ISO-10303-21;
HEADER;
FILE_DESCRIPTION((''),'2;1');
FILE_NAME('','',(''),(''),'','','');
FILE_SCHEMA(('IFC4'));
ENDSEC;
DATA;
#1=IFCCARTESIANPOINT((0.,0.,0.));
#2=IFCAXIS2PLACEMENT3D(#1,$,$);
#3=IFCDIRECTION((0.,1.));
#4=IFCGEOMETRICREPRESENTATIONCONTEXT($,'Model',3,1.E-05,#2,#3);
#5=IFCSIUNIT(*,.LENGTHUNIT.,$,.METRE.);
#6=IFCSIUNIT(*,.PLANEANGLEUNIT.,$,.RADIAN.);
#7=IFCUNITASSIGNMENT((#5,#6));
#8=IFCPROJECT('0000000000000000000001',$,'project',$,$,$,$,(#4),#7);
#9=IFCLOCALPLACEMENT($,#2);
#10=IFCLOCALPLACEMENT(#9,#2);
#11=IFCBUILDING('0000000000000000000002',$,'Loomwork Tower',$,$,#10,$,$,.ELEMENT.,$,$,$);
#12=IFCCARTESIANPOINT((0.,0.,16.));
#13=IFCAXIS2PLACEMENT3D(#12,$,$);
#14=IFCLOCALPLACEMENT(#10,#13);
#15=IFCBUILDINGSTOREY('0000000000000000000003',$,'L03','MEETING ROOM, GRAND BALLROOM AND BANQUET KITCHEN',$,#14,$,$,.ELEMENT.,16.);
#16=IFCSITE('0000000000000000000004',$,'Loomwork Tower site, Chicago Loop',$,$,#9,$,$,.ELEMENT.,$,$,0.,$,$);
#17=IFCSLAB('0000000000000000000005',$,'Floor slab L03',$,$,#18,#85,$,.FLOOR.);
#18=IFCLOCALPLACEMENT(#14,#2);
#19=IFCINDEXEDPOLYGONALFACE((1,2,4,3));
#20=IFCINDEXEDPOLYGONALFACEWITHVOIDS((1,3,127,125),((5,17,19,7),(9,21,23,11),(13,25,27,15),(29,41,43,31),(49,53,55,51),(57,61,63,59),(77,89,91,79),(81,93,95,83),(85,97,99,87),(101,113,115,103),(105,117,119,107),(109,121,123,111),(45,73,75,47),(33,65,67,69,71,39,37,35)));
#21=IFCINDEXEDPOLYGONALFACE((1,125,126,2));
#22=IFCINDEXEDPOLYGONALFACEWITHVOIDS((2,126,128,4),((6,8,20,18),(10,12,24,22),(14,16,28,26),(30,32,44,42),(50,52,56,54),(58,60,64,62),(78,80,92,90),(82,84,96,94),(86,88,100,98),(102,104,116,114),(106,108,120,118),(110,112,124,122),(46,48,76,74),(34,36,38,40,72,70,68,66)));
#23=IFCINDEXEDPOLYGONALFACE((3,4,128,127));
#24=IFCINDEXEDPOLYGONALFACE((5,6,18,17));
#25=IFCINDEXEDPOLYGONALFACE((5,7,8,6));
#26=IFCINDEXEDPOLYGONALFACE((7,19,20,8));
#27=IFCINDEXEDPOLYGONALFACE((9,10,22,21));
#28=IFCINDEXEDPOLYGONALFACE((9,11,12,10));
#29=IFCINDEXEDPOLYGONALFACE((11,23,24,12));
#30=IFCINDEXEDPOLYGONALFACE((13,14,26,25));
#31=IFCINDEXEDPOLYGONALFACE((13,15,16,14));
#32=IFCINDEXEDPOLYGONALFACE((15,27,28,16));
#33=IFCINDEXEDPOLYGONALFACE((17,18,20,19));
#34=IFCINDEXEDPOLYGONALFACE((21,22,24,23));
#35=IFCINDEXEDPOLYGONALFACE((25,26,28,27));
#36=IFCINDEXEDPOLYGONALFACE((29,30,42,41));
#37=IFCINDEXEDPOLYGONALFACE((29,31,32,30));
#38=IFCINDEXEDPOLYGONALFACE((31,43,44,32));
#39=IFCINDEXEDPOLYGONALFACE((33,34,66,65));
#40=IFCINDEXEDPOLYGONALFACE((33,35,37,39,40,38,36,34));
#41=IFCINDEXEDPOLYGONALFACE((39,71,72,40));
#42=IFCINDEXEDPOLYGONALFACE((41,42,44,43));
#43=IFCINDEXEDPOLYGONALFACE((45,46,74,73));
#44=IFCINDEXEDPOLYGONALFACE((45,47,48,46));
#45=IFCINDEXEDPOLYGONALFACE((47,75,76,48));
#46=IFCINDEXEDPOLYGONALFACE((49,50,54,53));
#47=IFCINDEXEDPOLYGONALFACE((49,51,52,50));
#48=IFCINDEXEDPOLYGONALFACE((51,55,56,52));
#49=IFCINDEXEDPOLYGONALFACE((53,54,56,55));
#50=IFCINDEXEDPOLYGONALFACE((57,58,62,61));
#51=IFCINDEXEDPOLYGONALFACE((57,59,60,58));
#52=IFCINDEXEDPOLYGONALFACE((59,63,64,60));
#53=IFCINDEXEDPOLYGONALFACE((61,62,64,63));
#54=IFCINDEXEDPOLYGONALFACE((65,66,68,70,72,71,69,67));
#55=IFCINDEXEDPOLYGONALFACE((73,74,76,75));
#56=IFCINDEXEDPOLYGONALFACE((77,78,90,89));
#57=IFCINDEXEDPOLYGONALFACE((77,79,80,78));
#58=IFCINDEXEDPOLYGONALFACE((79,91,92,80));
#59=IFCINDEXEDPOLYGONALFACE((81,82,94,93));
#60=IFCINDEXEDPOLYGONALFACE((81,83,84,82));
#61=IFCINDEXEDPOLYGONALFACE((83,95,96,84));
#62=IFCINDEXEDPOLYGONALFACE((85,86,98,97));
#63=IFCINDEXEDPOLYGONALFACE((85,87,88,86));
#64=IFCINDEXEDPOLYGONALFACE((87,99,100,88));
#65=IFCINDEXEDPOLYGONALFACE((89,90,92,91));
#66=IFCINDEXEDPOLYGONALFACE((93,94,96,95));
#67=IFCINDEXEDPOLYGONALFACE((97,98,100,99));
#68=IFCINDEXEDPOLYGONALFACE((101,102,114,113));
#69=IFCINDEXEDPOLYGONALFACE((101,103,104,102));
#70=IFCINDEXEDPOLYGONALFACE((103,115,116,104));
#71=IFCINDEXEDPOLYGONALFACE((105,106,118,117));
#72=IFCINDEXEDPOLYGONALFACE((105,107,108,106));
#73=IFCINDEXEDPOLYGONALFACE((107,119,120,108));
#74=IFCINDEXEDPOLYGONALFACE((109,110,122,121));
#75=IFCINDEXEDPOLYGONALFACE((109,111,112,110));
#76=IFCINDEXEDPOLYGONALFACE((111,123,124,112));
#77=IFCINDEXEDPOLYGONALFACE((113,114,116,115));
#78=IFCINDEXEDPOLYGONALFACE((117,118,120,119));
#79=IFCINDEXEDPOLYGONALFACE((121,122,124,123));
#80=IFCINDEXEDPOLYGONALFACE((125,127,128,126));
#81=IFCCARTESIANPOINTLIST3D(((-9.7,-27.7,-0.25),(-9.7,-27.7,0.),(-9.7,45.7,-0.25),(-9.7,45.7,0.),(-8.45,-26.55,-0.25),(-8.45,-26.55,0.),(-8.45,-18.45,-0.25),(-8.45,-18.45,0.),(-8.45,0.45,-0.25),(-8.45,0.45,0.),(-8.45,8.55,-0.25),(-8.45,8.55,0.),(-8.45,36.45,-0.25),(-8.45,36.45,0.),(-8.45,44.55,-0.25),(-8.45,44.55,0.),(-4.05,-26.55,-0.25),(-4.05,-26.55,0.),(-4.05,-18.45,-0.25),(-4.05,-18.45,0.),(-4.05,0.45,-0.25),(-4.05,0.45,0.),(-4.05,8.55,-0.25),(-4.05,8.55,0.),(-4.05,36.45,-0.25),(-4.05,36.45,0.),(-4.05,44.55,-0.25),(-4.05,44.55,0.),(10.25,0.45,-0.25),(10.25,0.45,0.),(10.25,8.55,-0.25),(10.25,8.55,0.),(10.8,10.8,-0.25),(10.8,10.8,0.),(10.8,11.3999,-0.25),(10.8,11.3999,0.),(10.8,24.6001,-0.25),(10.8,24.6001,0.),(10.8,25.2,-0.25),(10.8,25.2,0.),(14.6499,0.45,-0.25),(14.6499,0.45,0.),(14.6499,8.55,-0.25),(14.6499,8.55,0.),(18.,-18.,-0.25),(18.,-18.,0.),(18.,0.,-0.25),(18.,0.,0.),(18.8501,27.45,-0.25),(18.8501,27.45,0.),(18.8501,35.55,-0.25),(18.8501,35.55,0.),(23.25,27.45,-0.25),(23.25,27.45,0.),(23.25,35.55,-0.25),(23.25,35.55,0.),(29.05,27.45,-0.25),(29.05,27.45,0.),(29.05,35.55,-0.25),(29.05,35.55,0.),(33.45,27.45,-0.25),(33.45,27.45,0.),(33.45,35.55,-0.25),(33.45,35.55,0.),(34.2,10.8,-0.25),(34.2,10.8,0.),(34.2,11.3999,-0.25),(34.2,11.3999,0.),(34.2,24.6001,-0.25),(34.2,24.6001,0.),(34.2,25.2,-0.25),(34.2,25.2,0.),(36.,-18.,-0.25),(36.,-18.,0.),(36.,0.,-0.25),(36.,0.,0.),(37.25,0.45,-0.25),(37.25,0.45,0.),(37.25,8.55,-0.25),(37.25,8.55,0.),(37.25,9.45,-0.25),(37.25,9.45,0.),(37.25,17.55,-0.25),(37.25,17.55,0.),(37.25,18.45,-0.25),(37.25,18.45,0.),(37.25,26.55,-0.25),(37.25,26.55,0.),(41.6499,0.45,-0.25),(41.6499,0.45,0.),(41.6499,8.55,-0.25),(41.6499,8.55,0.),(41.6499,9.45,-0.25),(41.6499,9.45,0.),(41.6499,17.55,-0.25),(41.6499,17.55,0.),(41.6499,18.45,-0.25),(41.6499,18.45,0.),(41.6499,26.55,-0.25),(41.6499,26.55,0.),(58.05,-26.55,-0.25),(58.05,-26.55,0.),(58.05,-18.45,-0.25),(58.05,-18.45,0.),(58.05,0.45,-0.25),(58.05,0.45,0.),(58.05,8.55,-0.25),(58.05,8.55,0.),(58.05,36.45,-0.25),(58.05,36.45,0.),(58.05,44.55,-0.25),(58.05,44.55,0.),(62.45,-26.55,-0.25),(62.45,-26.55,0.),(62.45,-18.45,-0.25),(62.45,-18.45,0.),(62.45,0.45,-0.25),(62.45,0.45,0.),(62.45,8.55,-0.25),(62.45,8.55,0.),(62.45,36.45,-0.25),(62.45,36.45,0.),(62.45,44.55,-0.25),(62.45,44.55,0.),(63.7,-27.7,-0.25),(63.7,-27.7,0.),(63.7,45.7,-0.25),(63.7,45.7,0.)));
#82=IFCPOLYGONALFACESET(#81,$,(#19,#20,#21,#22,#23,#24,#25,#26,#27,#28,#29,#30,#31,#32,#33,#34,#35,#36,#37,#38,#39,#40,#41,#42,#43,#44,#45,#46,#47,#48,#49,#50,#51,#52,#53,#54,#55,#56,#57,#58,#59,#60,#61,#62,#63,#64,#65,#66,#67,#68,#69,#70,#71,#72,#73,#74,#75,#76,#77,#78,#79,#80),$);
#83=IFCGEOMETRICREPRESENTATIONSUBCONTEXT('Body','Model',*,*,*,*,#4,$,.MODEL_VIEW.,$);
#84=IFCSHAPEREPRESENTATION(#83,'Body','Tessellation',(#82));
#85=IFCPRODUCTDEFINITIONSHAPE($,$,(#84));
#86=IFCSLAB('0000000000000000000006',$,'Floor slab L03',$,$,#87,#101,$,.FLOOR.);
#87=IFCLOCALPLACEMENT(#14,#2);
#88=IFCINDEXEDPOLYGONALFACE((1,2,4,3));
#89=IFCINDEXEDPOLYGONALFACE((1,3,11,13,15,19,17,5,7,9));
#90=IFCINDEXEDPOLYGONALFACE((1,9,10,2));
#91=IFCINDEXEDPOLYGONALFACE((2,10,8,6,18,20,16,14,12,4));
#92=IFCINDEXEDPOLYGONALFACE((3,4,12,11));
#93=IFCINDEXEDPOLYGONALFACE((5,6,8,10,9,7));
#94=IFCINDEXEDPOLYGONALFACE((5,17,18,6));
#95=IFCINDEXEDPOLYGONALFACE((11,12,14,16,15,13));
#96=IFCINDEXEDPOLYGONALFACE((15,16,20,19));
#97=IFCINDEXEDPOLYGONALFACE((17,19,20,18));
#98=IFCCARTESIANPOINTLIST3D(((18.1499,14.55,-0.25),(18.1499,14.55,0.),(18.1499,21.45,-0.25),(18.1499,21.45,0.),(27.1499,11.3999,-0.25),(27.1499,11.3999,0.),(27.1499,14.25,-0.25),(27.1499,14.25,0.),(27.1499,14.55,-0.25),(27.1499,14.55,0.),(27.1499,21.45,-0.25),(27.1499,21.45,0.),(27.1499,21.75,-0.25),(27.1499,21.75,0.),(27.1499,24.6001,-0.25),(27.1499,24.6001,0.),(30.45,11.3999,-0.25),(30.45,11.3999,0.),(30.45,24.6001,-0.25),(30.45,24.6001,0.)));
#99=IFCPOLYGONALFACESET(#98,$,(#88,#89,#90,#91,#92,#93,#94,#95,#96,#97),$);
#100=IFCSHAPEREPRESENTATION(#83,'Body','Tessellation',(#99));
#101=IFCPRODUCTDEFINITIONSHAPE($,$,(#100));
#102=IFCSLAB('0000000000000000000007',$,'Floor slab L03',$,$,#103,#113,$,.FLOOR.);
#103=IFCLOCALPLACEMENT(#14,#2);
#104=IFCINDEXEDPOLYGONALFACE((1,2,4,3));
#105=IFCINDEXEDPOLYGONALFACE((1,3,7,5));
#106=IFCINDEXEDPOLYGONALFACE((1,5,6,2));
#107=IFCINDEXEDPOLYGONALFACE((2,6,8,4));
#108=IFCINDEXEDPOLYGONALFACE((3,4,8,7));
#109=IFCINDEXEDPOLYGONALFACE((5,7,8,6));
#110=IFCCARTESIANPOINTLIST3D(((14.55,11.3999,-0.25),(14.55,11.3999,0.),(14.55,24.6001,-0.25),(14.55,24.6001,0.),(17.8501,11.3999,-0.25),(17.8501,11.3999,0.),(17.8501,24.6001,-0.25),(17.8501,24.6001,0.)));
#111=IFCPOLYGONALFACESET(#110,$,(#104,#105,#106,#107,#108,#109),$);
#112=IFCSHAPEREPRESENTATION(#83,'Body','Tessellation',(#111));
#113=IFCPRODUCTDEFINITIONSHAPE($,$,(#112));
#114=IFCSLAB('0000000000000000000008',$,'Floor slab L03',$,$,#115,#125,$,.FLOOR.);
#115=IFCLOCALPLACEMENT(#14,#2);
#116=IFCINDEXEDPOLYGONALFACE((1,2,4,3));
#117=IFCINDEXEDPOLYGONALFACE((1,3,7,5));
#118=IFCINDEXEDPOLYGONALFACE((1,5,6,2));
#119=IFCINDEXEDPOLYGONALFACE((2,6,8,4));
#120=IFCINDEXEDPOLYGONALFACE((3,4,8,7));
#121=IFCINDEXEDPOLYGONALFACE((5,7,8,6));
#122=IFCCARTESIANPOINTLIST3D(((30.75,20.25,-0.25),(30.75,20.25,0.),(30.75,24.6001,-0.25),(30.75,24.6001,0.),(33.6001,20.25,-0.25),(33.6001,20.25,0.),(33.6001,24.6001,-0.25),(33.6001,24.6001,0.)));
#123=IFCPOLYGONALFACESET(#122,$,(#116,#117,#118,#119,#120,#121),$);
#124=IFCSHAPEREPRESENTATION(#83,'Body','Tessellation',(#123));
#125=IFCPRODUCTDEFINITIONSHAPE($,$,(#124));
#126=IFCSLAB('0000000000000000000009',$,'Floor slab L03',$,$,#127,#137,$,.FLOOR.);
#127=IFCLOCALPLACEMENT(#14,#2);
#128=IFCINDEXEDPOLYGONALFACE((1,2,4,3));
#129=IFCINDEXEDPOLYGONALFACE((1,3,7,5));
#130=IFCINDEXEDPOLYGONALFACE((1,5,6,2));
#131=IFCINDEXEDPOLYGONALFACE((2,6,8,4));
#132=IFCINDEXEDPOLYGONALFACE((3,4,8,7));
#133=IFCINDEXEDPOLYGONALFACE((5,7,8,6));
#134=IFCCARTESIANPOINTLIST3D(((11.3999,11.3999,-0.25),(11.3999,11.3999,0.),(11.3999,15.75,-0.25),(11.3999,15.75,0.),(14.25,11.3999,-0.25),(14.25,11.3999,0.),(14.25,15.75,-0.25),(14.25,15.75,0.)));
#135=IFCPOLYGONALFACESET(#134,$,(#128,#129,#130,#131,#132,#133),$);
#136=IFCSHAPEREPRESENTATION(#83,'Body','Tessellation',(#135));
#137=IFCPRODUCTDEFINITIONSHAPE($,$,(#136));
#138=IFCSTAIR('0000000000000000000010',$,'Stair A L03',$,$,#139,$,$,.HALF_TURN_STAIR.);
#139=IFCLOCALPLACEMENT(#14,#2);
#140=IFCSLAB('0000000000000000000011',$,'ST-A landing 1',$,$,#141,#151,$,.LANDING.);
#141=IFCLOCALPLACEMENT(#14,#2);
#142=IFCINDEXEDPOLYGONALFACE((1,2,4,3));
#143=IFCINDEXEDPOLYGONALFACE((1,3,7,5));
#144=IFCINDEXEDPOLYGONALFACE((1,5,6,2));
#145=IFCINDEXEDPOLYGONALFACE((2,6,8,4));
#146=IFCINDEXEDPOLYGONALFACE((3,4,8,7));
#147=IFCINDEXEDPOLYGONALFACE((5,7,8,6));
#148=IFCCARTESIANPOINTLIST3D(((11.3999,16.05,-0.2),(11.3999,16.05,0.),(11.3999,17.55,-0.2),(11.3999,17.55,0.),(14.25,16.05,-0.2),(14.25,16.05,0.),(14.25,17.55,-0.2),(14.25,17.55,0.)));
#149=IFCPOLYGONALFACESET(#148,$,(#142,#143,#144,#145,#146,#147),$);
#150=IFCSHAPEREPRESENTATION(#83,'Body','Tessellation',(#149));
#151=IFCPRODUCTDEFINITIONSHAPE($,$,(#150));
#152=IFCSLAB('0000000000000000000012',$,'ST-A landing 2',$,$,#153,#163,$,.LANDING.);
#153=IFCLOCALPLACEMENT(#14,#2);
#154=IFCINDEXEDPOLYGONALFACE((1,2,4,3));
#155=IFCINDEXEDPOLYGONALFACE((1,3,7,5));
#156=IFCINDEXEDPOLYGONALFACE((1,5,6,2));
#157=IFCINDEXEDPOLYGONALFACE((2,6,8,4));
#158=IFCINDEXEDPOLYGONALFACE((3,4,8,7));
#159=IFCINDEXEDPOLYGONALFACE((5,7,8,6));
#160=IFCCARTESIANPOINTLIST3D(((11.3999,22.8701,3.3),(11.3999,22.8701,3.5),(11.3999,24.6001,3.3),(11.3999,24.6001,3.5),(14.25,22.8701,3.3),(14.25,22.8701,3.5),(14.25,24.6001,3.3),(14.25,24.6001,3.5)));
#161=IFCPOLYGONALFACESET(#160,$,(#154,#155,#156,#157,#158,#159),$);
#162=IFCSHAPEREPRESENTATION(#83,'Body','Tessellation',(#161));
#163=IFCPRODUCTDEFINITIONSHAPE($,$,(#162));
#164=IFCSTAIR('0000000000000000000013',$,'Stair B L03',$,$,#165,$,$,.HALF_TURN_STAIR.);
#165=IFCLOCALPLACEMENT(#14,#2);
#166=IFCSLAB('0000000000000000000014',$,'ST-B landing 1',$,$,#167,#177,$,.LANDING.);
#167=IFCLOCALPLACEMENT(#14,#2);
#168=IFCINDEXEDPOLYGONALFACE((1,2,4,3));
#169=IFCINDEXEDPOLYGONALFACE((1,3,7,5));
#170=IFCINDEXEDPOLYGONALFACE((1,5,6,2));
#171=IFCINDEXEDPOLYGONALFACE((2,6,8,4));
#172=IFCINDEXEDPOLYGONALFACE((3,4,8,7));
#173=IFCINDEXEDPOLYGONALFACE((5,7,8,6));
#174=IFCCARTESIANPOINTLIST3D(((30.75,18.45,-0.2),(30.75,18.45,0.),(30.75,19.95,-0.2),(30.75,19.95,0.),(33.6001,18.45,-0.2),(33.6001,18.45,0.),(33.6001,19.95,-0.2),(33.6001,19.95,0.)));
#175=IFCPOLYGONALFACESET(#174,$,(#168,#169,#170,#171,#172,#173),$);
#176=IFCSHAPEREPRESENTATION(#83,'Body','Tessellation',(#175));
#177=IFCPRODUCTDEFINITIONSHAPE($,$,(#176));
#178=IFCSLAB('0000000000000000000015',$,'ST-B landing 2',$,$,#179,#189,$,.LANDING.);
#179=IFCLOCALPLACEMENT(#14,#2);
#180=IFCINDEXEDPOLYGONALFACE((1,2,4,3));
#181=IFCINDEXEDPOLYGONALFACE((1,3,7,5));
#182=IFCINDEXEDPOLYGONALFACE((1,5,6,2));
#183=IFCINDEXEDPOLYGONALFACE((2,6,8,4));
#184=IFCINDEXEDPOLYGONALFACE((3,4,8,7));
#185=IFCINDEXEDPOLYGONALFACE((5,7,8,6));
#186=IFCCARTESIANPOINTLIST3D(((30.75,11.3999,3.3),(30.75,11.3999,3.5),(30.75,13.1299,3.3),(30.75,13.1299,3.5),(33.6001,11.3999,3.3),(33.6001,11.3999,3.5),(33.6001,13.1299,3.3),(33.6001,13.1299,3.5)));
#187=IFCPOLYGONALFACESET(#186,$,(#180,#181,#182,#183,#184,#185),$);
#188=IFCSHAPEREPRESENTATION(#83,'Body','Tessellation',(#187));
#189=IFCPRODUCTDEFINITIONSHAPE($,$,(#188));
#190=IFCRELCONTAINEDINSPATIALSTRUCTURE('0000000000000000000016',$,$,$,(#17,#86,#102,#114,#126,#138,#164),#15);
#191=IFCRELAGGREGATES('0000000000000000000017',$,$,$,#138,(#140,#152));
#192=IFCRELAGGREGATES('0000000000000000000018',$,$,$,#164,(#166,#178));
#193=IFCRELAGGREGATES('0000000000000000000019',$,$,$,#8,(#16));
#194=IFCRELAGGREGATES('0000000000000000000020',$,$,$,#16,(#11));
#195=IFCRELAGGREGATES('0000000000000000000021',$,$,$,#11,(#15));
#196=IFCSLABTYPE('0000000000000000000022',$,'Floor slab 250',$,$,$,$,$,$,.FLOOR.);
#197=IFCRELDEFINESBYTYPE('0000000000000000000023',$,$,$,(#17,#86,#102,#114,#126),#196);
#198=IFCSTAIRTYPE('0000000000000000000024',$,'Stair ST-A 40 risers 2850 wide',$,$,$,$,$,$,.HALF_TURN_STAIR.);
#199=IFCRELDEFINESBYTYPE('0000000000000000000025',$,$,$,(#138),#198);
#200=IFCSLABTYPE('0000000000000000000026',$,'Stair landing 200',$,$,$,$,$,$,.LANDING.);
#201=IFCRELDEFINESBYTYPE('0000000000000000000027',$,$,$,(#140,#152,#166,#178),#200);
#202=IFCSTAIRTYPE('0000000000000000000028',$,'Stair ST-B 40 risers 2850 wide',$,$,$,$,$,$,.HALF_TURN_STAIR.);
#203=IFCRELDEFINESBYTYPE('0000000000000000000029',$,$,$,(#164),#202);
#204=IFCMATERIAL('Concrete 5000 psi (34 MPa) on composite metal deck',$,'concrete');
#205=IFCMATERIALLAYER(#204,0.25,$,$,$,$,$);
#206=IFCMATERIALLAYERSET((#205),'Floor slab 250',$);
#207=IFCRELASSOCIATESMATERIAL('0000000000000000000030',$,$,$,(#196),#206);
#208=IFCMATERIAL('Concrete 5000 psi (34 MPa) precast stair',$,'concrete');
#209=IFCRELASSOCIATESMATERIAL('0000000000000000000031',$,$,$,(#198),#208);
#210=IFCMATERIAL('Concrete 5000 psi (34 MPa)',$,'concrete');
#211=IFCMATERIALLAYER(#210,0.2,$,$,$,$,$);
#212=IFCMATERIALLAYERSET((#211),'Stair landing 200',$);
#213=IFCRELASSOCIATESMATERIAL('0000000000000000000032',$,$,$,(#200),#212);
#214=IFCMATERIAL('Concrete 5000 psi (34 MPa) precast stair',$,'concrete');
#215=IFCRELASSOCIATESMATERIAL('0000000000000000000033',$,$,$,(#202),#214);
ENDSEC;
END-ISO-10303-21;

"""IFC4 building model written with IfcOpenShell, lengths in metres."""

from ifc_helpers import new_model, si_unit, direction, frame, origin, place, context, subcontext, project, spatial, polyline, outline, extrude, material, layer, layer_set, type_object, element, aggregate, save


model = new_model("IFC4")

# Units and contexts
model_context = context("Model", 3, precision=1e-05, world=origin(), true_north=direction((0.0, 1.0)))
body_context = subcontext(model_context, "Body", "Model", "MODEL_VIEW")
ifc_project = project(units=[si_unit("LENGTHUNIT", "METRE"), si_unit("PLANEANGLEUNIT", "RADIAN")], contexts=[model_context])

# Site, building, storey
site_placement = place(None, origin())
site = spatial("IfcSite", under=ifc_project, at=site_placement, Name="Loomwork Tower site, Chicago Loop", CompositionType="ELEMENT", RefElevation=0.0)
building_placement = place(site_placement, origin())
building = spatial("IfcBuilding", under=site, at=building_placement, Name="Loomwork Tower", CompositionType="ELEMENT")
storey_placement = place(building_placement, frame((0.0, 0.0, 16.0)))
storey = spatial("IfcBuildingStorey", under=building, at=storey_placement, Name="L03", Description="MEETING ROOM, GRAND BALLROOM AND BANQUET KITCHEN", CompositionType="ELEMENT", Elevation=16.0)

# Slabs
ifc_material_1 = material(Name="Concrete 5000 psi (34 MPa) on composite metal deck", Category="concrete")
ifc_layer_1 = layer(ifc_material_1, 0.25)
ifc_layer_set_1 = layer_set([ifc_layer_1], Name="Floor slab 250")
slab_type_1 = type_object("IfcSlabType", Name="Floor slab 250", PredefinedType="FLOOR", material=ifc_layer_set_1)
slab_1_placement = place(storey_placement, frame((0.0, 0.0, -0.25)))
element("IfcSlab", 1, at=slab_1_placement, inside=storey, type_object=slab_type_1, Name="Floor slab L03", PredefinedType="FLOOR", context=body_context, shape_type="SweptSolid", body=[
    extrude(outline(polyline([(-9.7, -27.7), (-9.7, 45.7), (63.7, 45.7), (63.7, -27.7), (-9.7, -27.7)]), holes=[polyline([(58.05, 36.45), (62.45, 36.45), (62.45, 44.55), (58.05, 44.55), (58.05, 36.45)]), polyline([(58.05, 0.45), (62.45, 0.45), (62.45, 8.55), (58.05, 8.55), (58.05, 0.45)]), polyline([(58.05, -26.55), (62.45, -26.55), (62.45, -18.45), (58.05, -18.45), (58.05, -26.55)]), polyline([(41.6499, 9.45), (41.6499, 17.55), (37.25, 17.55), (37.25, 9.45), (41.6499, 9.45)]), polyline([(37.25, 18.45), (41.6499, 18.45), (41.6499, 26.55), (37.25, 26.55), (37.25, 18.45)]), polyline([(37.25, 0.45), (41.6499, 0.45), (41.6499, 8.55), (37.25, 8.55), (37.25, 0.45)]), polyline([(18.0, -18.0), (36.0, -18.0), (36.0, 0.0), (18.0, 0.0), (18.0, -18.0)]), polyline([(34.2, 11.3999), (34.2, 24.6001), (34.2, 25.2), (10.8, 25.2), (10.8, 24.6001), (10.8, 11.3999), (10.8, 11.3999), (10.8, 10.8), (34.2, 10.8), (34.2, 11.3999), (34.2, 11.3999)]), polyline([(29.05, 27.45), (33.45, 27.45), (33.45, 35.55), (29.05, 35.55), (29.05, 27.45)]), polyline([(18.8501, 27.45), (23.25, 27.45), (23.25, 35.55), (18.8501, 35.55), (18.8501, 27.45)]), polyline([(10.25, 0.45), (14.6499, 0.45), (14.6499, 8.55), (10.25, 8.55), (10.25, 0.45)]), polyline([(-4.05, -26.55), (-4.05, -18.45), (-8.45, -18.45), (-8.45, -26.55), (-4.05, -26.55)]), polyline([(-8.45, 36.45), (-4.05, 36.45), (-4.05, 44.55), (-8.45, 44.55), (-8.45, 36.45)]), polyline([(-8.45, 0.45), (-4.05, 0.45), (-4.05, 8.55), (-8.45, 8.55), (-8.45, 0.45)])]), origin(), (0.0, 0.0, 1.0), 0.25),
])
slab_2_placement = place(storey_placement, frame((0.0, 0.0, -0.25)))
element("IfcSlab", 2, at=slab_2_placement, inside=storey, type_object=slab_type_1, Name="Floor slab L03", PredefinedType="FLOOR", context=body_context, shape_type="SweptSolid", body=[
    extrude(outline(polyline([(18.1499, 21.45), (27.1499, 21.45), (27.1499, 21.75), (27.1499, 24.6001), (30.45, 24.6001), (30.45, 11.3999), (27.1499, 11.3999), (27.1499, 14.25), (27.1499, 14.55), (18.1499, 14.55), (18.1499, 21.45)])), origin(), (0.0, 0.0, 1.0), 0.25),
])
slab_3_placement = place(storey_placement, frame((0.0, 0.0, -0.25)))
element("IfcSlab", 3, at=slab_3_placement, inside=storey, type_object=slab_type_1, Name="Floor slab L03", PredefinedType="FLOOR", context=body_context, shape_type="SweptSolid", body=[
    extrude(outline(polyline([(14.55, 24.6001), (17.8501, 24.6001), (17.8501, 11.3999), (14.55, 11.3999), (14.55, 24.6001)])), origin(), (0.0, 0.0, 1.0), 0.25),
])
slab_4_placement = place(storey_placement, frame((0.0, 0.0, -0.25)))
element("IfcSlab", 4, at=slab_4_placement, inside=storey, type_object=slab_type_1, Name="Floor slab L03", PredefinedType="FLOOR", context=body_context, shape_type="SweptSolid", body=[
    extrude(outline(polyline([(33.6001, 20.25), (30.75, 20.25), (30.75, 24.6001), (33.6001, 24.6001), (33.6001, 20.25)])), origin(), (0.0, 0.0, 1.0), 0.25),
])
slab_5_placement = place(storey_placement, frame((0.0, 0.0, -0.25)))
element("IfcSlab", 5, at=slab_5_placement, inside=storey, type_object=slab_type_1, Name="Floor slab L03", PredefinedType="FLOOR", context=body_context, shape_type="SweptSolid", body=[
    extrude(outline(polyline([(14.25, 15.75), (14.25, 11.3999), (11.3999, 11.3999), (11.3999, 15.75), (14.25, 15.75)])), origin(), (0.0, 0.0, 1.0), 0.25),
])

# Stairs, slabs
ifc_material_2 = material(Name="Concrete 5000 psi (34 MPa) precast stair", Category="concrete")
stair_type_1 = type_object("IfcStairType", Name="Stair ST-A 40 risers 2850 wide", PredefinedType="HALF_TURN_STAIR", material=ifc_material_2)
stair_1_placement = place(storey_placement, origin())
stair_1 = element("IfcStair", 6, at=stair_1_placement, inside=storey, type_object=stair_type_1, Name="Stair A L03", PredefinedType="HALF_TURN_STAIR")
ifc_material_3 = material(Name="Concrete 5000 psi (34 MPa)", Category="concrete")
ifc_layer_2 = layer(ifc_material_3, 0.2)
ifc_layer_set_2 = layer_set([ifc_layer_2], Name="Stair landing 200")
slab_type_2 = type_object("IfcSlabType", Name="Stair landing 200", PredefinedType="LANDING", material=ifc_layer_set_2)
slab_6_placement = place(storey_placement, frame((0.0, 0.0, -0.2)))
slab_6 = element("IfcSlab", 7, at=slab_6_placement, type_object=slab_type_2, Name="ST-A landing 1", PredefinedType="LANDING", context=body_context, shape_type="SweptSolid", body=[
    extrude(outline(polyline([(11.3999, 16.05), (14.25, 16.05), (14.25, 17.55), (11.3999, 17.55), (11.3999, 16.05)])), origin(), (0.0, 0.0, 1.0), 0.2),
])
slab_7_placement = place(storey_placement, frame((0.0, 0.0, 3.3)))
slab_7 = element("IfcSlab", 8, at=slab_7_placement, type_object=slab_type_2, Name="ST-A landing 2", PredefinedType="LANDING", context=body_context, shape_type="SweptSolid", body=[
    extrude(outline(polyline([(11.3999, 22.8701), (14.25, 22.8701), (14.25, 24.6001), (11.3999, 24.6001), (11.3999, 22.8701)])), origin(), (0.0, 0.0, 1.0), 0.2),
])
aggregate(stair_1, [slab_6, slab_7])
ifc_material_4 = material(Name="Concrete 5000 psi (34 MPa) precast stair", Category="concrete")
stair_type_2 = type_object("IfcStairType", Name="Stair ST-B 40 risers 2850 wide", PredefinedType="HALF_TURN_STAIR", material=ifc_material_4)
stair_2_placement = place(storey_placement, origin())
stair_2 = element("IfcStair", 9, at=stair_2_placement, inside=storey, type_object=stair_type_2, Name="Stair B L03", PredefinedType="HALF_TURN_STAIR")
slab_8_placement = place(storey_placement, frame((0.0, 0.0, -0.2)))
slab_8 = element("IfcSlab", 10, at=slab_8_placement, type_object=slab_type_2, Name="ST-B landing 1", PredefinedType="LANDING", context=body_context, shape_type="SweptSolid", body=[
    extrude(outline(polyline([(30.75, 18.45), (33.6001, 18.45), (33.6001, 19.95), (30.75, 19.95), (30.75, 18.45)])), origin(), (0.0, 0.0, 1.0), 0.2),
])
slab_9_placement = place(storey_placement, frame((0.0, 0.0, 3.3)))
slab_9 = element("IfcSlab", 11, at=slab_9_placement, type_object=slab_type_2, Name="ST-B landing 2", PredefinedType="LANDING", context=body_context, shape_type="SweptSolid", body=[
    extrude(outline(polyline([(30.75, 11.3999), (33.6001, 11.3999), (33.6001, 13.1299), (30.75, 13.1299), (30.75, 11.3999)])), origin(), (0.0, 0.0, 1.0), 0.2),
])
aggregate(stair_2, [slab_8, slab_9])

save(model, "model.ifc")
